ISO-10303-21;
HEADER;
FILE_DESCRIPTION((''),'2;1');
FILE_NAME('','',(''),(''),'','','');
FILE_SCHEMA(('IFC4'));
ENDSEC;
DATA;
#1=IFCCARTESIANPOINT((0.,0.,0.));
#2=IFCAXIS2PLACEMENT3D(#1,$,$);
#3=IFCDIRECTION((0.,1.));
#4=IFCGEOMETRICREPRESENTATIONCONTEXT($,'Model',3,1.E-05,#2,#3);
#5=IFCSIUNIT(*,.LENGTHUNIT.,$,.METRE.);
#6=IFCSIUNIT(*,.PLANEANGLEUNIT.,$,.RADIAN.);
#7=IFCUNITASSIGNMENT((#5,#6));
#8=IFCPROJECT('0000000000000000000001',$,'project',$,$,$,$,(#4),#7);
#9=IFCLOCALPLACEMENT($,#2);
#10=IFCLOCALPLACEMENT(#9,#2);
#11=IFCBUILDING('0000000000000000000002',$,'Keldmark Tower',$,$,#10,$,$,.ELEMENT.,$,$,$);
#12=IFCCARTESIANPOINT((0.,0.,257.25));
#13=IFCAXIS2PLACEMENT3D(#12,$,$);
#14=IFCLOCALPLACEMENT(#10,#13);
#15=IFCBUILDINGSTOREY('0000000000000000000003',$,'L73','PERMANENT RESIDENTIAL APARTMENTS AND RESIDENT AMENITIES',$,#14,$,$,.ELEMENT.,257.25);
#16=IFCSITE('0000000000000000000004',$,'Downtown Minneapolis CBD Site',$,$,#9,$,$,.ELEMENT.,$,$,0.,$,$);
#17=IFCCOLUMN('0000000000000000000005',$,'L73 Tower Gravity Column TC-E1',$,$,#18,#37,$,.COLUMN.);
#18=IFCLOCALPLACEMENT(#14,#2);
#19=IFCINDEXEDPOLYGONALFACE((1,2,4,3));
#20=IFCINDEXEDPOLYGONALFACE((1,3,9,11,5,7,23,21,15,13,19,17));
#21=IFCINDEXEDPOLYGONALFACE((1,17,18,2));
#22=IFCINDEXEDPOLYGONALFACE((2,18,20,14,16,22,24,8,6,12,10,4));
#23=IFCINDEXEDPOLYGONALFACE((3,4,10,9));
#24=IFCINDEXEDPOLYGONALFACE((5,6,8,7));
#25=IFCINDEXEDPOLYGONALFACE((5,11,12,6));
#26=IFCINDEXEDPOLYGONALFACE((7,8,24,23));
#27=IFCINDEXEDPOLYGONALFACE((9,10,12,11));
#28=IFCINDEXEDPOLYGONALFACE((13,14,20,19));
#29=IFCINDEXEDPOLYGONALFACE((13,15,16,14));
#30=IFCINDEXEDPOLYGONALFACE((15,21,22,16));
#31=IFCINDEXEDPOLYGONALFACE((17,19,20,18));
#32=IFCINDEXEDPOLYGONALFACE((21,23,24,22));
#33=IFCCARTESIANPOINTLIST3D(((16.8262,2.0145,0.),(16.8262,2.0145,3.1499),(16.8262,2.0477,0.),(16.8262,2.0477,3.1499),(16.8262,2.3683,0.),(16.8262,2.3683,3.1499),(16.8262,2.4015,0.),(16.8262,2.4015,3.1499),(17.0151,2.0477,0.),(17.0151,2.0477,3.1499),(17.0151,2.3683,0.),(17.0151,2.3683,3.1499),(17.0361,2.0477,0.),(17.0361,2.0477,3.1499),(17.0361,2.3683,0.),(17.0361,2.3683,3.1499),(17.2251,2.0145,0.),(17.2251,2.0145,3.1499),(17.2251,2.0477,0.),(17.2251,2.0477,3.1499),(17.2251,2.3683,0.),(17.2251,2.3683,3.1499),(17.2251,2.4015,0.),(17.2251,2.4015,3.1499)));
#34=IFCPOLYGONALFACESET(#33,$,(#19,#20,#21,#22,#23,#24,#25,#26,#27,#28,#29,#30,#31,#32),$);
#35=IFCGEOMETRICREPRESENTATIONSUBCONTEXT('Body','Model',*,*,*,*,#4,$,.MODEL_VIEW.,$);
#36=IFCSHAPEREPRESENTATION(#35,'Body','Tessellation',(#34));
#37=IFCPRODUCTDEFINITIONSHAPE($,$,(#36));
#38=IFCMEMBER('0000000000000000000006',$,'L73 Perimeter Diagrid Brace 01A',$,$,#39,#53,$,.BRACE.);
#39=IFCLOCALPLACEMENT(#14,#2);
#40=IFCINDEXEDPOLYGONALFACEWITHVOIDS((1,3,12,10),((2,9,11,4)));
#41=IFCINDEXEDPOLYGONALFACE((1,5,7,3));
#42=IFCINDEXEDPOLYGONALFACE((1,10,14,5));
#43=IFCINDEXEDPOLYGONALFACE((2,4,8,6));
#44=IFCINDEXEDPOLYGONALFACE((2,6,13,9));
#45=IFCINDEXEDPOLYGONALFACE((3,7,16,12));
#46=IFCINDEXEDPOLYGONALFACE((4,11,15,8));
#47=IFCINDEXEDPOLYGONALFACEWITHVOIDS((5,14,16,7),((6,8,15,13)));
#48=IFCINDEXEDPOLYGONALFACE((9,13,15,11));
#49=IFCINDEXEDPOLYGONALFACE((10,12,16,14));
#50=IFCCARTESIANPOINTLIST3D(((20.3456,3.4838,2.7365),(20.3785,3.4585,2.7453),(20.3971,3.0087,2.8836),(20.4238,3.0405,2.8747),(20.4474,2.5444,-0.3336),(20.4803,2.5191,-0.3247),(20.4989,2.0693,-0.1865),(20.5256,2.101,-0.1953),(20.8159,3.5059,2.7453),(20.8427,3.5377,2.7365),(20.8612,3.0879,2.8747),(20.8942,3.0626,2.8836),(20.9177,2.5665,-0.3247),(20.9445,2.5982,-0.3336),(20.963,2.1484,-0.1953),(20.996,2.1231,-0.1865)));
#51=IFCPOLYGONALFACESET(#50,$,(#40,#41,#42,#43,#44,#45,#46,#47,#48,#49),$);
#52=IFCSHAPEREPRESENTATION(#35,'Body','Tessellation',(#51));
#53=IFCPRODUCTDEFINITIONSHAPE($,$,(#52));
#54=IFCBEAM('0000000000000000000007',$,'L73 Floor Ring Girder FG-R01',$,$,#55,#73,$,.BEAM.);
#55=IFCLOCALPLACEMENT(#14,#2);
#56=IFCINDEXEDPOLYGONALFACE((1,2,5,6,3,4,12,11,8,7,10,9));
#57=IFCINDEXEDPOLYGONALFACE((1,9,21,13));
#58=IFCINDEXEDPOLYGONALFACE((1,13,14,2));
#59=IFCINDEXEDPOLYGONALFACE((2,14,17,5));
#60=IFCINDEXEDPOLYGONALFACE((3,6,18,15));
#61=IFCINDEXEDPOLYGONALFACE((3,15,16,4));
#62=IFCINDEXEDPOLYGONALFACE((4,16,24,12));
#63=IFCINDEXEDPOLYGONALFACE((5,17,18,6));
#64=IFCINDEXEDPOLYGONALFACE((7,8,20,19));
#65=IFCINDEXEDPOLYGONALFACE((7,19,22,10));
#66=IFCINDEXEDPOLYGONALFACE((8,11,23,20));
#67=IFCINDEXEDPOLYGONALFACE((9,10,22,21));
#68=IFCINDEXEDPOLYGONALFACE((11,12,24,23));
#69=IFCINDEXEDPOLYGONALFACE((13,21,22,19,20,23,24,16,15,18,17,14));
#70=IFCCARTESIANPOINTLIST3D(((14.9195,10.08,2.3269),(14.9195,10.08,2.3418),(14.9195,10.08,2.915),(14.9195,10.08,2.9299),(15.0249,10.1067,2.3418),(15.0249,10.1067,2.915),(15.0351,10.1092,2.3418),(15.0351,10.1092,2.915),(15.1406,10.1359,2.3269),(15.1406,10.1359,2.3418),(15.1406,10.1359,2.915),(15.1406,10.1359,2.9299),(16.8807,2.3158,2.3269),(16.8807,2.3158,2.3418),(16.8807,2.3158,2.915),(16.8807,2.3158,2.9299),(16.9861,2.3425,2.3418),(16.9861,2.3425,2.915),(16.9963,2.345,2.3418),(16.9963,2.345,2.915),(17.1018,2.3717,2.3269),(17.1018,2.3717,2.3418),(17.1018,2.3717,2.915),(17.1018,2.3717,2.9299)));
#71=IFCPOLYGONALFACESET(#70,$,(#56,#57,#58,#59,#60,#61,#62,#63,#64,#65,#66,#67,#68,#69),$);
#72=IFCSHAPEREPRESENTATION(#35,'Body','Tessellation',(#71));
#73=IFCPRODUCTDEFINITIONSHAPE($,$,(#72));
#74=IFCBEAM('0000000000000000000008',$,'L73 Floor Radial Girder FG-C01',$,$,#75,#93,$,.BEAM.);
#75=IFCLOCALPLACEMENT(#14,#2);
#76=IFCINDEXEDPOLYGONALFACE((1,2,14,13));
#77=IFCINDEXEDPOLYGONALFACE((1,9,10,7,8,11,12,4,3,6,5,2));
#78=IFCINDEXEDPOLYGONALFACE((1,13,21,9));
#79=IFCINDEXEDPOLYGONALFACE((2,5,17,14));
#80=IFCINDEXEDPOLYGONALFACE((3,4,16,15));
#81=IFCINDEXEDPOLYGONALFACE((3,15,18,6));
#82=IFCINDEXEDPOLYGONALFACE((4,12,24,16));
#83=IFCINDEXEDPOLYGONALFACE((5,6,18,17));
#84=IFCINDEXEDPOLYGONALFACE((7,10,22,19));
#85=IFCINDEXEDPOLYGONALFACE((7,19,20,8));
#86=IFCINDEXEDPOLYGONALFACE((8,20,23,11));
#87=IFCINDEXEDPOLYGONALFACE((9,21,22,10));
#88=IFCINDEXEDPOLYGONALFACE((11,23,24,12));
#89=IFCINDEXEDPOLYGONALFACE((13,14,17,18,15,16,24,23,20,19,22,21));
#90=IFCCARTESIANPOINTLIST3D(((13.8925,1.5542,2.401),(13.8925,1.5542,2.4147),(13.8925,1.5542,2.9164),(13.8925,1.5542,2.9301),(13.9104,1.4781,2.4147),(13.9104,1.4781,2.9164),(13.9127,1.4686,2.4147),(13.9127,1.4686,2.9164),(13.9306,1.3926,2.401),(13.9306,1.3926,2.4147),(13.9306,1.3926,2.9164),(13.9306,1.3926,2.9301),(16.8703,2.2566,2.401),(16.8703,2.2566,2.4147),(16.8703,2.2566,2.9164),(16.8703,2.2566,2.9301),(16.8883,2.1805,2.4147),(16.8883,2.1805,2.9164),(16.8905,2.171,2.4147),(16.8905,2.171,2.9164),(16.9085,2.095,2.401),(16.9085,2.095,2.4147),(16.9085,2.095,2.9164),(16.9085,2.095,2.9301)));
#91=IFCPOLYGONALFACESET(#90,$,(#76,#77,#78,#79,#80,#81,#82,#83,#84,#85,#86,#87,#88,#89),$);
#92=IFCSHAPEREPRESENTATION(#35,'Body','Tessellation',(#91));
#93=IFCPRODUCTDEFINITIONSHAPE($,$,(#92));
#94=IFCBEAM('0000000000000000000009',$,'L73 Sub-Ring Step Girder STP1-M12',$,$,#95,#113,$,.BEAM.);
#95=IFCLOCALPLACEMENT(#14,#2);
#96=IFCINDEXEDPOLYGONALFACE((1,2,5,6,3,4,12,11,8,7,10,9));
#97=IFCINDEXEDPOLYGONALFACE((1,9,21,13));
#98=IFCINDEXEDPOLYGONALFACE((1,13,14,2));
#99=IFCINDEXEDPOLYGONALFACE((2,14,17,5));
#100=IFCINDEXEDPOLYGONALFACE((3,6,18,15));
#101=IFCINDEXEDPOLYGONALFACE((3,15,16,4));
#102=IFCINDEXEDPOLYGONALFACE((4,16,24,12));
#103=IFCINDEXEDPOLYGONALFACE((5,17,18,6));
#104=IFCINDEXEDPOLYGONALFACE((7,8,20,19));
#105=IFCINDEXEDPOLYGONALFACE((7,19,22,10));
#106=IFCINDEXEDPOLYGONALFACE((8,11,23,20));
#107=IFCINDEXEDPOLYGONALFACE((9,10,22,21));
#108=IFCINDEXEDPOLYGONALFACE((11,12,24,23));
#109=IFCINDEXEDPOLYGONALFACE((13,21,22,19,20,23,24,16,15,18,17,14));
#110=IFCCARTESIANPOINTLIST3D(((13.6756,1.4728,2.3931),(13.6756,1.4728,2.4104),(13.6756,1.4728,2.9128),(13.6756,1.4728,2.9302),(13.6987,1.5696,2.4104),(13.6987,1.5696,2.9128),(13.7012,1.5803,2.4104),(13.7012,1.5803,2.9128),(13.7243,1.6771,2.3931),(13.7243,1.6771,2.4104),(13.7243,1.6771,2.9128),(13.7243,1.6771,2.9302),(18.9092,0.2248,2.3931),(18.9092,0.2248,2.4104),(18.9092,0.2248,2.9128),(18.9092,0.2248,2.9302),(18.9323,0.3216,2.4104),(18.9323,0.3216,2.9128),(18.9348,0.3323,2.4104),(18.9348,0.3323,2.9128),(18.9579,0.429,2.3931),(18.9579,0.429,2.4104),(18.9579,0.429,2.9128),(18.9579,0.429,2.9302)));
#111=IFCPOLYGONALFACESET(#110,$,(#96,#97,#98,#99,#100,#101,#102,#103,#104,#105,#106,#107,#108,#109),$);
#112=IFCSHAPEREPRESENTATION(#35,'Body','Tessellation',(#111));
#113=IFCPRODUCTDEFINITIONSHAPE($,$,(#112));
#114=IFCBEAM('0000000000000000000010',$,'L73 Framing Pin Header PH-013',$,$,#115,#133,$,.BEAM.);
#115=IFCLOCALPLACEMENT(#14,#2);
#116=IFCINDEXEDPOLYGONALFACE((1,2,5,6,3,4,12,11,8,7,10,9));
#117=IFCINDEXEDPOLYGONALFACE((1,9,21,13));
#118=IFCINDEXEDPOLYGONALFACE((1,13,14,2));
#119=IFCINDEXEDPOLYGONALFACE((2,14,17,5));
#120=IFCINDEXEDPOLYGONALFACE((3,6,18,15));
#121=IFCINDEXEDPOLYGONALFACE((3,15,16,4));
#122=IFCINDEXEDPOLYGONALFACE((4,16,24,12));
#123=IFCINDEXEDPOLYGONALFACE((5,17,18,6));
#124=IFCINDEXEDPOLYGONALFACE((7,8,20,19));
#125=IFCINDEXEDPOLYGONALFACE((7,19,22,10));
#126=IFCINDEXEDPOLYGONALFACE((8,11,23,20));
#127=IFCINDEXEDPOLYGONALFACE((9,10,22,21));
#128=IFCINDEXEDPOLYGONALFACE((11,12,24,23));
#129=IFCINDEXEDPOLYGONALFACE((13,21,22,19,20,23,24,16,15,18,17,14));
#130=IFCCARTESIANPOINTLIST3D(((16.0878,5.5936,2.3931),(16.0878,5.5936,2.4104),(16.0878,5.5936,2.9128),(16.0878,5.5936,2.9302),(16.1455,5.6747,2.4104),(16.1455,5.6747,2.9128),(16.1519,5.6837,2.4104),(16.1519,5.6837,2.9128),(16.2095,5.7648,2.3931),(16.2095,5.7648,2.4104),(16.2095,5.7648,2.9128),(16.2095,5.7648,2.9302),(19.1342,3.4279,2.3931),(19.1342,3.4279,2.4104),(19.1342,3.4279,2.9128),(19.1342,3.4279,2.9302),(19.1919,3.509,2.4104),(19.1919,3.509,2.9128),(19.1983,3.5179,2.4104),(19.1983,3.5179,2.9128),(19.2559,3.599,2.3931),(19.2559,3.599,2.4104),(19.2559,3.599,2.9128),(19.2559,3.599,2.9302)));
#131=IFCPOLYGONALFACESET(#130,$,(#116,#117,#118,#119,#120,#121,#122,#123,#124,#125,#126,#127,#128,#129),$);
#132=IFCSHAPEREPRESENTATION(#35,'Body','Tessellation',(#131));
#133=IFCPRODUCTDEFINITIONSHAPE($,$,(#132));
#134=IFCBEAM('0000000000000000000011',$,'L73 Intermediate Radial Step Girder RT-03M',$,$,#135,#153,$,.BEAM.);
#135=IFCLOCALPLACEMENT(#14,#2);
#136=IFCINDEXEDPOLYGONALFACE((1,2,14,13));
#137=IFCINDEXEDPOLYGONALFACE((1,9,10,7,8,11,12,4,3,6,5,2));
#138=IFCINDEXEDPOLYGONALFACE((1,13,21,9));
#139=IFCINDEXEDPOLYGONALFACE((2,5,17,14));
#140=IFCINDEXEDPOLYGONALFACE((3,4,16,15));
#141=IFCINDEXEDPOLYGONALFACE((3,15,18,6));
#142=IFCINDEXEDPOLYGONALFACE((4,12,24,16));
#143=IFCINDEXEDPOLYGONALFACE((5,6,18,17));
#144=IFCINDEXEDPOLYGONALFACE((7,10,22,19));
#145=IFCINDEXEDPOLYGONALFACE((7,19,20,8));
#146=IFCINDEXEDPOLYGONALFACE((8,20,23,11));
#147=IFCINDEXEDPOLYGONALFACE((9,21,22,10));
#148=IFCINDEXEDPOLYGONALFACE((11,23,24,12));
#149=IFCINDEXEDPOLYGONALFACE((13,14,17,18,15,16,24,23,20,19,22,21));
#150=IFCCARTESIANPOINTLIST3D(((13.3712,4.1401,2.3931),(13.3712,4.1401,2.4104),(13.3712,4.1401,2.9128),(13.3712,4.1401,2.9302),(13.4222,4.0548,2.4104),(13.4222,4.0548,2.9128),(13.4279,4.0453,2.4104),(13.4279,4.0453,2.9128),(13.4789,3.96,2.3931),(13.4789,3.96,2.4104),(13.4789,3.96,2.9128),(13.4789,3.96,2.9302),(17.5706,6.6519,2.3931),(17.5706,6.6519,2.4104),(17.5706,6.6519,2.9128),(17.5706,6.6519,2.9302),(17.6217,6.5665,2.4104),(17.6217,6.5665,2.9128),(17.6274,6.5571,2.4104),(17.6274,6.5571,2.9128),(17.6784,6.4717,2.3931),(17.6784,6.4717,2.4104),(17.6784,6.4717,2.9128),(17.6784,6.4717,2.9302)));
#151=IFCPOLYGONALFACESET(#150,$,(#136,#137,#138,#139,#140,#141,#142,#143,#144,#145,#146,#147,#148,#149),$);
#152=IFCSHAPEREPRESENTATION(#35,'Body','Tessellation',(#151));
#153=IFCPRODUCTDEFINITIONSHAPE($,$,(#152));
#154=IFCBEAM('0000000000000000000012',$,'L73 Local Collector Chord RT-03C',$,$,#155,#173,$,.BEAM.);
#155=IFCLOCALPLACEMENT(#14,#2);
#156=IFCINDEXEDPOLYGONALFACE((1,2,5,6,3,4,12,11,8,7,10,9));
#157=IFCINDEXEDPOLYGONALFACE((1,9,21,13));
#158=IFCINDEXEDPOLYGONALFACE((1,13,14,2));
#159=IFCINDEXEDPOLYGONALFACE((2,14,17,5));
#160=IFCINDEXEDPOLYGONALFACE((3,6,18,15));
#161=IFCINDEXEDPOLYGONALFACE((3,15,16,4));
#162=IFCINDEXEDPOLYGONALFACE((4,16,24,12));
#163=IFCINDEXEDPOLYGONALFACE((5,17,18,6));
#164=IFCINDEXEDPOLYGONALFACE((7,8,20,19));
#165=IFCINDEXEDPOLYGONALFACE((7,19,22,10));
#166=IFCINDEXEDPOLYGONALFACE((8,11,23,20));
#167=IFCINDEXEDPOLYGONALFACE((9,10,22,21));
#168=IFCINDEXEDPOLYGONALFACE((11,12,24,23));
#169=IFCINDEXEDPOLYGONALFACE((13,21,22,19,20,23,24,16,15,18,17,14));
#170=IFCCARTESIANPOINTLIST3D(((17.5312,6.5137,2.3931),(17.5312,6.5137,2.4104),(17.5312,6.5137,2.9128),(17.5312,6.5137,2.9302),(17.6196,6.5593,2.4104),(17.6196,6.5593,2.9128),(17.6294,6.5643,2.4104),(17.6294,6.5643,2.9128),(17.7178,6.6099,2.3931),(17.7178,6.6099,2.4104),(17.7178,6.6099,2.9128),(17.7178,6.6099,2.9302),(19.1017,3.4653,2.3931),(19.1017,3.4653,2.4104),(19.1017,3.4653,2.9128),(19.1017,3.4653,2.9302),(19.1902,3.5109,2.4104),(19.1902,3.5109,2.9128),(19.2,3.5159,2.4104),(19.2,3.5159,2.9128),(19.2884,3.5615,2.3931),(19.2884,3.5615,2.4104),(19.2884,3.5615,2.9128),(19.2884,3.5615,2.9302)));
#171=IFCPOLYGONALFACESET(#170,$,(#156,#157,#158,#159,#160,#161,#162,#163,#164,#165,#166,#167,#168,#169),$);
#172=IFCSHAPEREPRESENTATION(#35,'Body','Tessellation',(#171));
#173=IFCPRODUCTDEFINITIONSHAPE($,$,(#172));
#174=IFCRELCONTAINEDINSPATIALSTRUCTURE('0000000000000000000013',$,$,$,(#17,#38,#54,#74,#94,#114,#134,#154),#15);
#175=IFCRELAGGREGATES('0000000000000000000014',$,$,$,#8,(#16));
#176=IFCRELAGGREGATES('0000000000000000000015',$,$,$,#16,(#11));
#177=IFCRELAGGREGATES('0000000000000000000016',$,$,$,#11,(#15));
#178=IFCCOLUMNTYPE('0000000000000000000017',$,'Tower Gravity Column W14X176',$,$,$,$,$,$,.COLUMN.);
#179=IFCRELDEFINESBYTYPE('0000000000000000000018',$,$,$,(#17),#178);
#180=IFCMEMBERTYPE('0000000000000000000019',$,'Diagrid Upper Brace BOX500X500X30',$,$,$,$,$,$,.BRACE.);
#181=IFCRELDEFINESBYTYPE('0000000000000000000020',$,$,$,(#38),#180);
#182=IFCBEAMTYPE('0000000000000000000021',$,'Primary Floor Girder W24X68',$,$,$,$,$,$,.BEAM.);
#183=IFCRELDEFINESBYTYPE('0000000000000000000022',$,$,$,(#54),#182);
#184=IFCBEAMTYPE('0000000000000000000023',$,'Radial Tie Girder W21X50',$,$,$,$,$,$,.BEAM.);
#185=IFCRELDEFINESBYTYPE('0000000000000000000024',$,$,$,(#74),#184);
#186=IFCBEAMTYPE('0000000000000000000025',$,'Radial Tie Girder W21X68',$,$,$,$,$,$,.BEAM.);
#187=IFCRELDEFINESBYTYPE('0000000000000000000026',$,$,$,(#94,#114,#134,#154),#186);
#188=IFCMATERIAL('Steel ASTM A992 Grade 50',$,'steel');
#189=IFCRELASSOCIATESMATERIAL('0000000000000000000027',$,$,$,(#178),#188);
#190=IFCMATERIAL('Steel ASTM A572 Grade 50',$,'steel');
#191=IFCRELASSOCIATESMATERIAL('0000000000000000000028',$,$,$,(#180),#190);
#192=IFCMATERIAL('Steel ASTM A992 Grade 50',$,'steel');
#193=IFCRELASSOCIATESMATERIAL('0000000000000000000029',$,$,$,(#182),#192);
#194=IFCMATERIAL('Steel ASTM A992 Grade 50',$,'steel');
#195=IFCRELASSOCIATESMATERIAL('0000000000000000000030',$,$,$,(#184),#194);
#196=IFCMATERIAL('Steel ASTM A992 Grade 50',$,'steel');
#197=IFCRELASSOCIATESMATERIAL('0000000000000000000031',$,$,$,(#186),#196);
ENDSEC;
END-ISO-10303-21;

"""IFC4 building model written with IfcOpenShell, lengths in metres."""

from ifc_helpers import new_model, si_unit, direction, frame, origin, origin_2d, place, context, subcontext, project, spatial, hollow_rectangle, i_section, extrude, material, material_profile, profile_set, type_object, element, save


model = new_model("IFC4")

# Units and contexts
model_context = context("Model", 3, precision=1e-05, world=origin(), true_north=direction((0.0, 1.0)))
body_context = subcontext(model_context, "Body", "Model", "MODEL_VIEW")
ifc_project = project(units=[si_unit("LENGTHUNIT", "METRE"), si_unit("PLANEANGLEUNIT", "RADIAN")], contexts=[model_context])

# Site, building, storey
site_placement = place(None, origin())
site = spatial("IfcSite", under=ifc_project, at=site_placement, Name="Downtown Minneapolis CBD Site", CompositionType="ELEMENT", RefElevation=0.0)
building_placement = place(site_placement, origin())
building = spatial("IfcBuilding", under=site, at=building_placement, Name="Keldmark Tower", CompositionType="ELEMENT")
storey_placement = place(building_placement, frame((0.0, 0.0, 257.25)))
storey = spatial("IfcBuildingStorey", under=building, at=storey_placement, Name="L73", Description="PERMANENT RESIDENTIAL APARTMENTS AND RESIDENT AMENITIES", CompositionType="ELEMENT", Elevation=257.25)

# Column
ifc_material_1 = material(Name="Steel ASTM A992 Grade 50", Category="steel")
ifc_material_profile_1 = material_profile(ifc_material_1, i_section(OverallWidth=0.3989, OverallDepth=0.387, WebThickness=0.021, FlangeThickness=0.0332, at=origin_2d()), Name="W14X176")
ifc_profile_set_1 = profile_set([ifc_material_profile_1], Name="Steel ASTM A992 Grade 50")
column_type = type_object("IfcColumnType", Name="Tower Gravity Column W14X176", PredefinedType="COLUMN", material=ifc_profile_set_1)
column_placement = place(storey_placement, frame((17.0256, 2.208, 0.0), z_axis=(0.0, 0.0, 1.0), x_axis=(1.0, 0.0, 0.0)))
element("IfcColumn", 1, at=column_placement, inside=storey, type_object=column_type, Name="L73 Tower Gravity Column TC-E1", PredefinedType="COLUMN", context=body_context, shape_type="SweptSolid", body=[
    extrude(i_section(OverallWidth=0.3989, OverallDepth=0.387, WebThickness=0.021, FlangeThickness=0.0332, at=origin_2d()), origin(), (0.0, 0.0, 1.0), 3.1499),
])

# Member
ifc_material_2 = material(Name="Steel ASTM A572 Grade 50", Category="steel")
ifc_material_profile_2 = material_profile(ifc_material_2, hollow_rectangle(XDim=0.5, YDim=0.5, WallThickness=0.03, at=origin_2d()), Name="BOX500X500X30")
ifc_profile_set_2 = profile_set([ifc_material_profile_2], Name="Steel ASTM A572 Grade 50")
member_type = type_object("IfcMemberType", Name="Diagrid Upper Brace BOX500X500X30", PredefinedType="BRACE", material=ifc_profile_set_2)
member_placement = place(storey_placement, frame((20.7217, 2.3337, -0.26), z_axis=(-0.031694, 0.292464, 0.955751), x_axis=(-0.994179, -0.107737, 0.0)))
element("IfcMember", 2, at=member_placement, inside=storey, type_object=member_type, Name="L73 Perimeter Diagrid Brace 01A", PredefinedType="BRACE", context=body_context, shape_type="SweptSolid", body=[
    extrude(hollow_rectangle(XDim=0.5, YDim=0.5, WallThickness=0.03, at=origin_2d()), origin(), (0.0, 0.0, 1.0), 3.2122),
])

# Beams
ifc_material_3 = material(Name="Steel ASTM A992 Grade 50", Category="steel")
ifc_material_profile_3 = material_profile(ifc_material_3, i_section(OverallWidth=0.228, OverallDepth=0.603, WebThickness=0.0105, FlangeThickness=0.0149, at=origin_2d()), Name="W24X68")
ifc_profile_set_3 = profile_set([ifc_material_profile_3], Name="Steel ASTM A992 Grade 50")
beam_type_1 = type_object("IfcBeamType", Name="Primary Floor Girder W24X68", PredefinedType="BEAM", material=ifc_profile_set_3)
beam_1_placement = place(storey_placement, frame((16.9912, 2.3438, 2.6284), z_axis=(-0.244902, 0.969548, 0.0), x_axis=(-0.969548, -0.244902, 0.0)))
element("IfcBeam", 3, at=beam_1_placement, inside=storey, type_object=beam_type_1, Name="L73 Floor Ring Girder FG-R01", PredefinedType="BEAM", context=body_context, shape_type="SweptSolid", body=[
    extrude(i_section(OverallWidth=0.228, OverallDepth=0.603, WebThickness=0.0105, FlangeThickness=0.0149, at=origin_2d()), origin(), (0.0, 0.0, 1.0), 8.0081),
])
ifc_material_4 = material(Name="Steel ASTM A992 Grade 50", Category="steel")
ifc_material_profile_4 = material_profile(ifc_material_4, i_section(OverallWidth=0.166, OverallDepth=0.5291, WebThickness=0.0098, FlangeThickness=0.0137, at=origin_2d()), Name="W21X50")
ifc_profile_set_4 = profile_set([ifc_material_profile_4], Name="Steel ASTM A992 Grade 50")
beam_type_2 = type_object("IfcBeamType", Name="Radial Tie Girder W21X50", PredefinedType="BEAM", material=ifc_profile_set_4)
beam_2_placement = place(storey_placement, frame((16.8894, 2.1758, 2.6655), z_axis=(-0.97329, -0.229577, 0.0), x_axis=(0.229577, -0.97329, 0.0)))
element("IfcBeam", 4, at=beam_2_placement, inside=storey, type_object=beam_type_2, Name="L73 Floor Radial Girder FG-C01", PredefinedType="BEAM", context=body_context, shape_type="SweptSolid", body=[
    extrude(i_section(OverallWidth=0.166, OverallDepth=0.5291, WebThickness=0.0098, FlangeThickness=0.0137, at=origin_2d()), origin(), (0.0, 0.0, 1.0), 3.0596),
])
ifc_material_5 = material(Name="Steel ASTM A992 Grade 50", Category="steel")
ifc_material_profile_5 = material_profile(ifc_material_5, i_section(OverallWidth=0.21, OverallDepth=0.5371, WebThickness=0.011, FlangeThickness=0.0173, at=origin_2d()), Name="W21X68")
ifc_profile_set_5 = profile_set([ifc_material_profile_5], Name="Steel ASTM A992 Grade 50")
beam_type_3 = type_object("IfcBeamType", Name="Radial Tie Girder W21X68", PredefinedType="BEAM", material=ifc_profile_set_5)
beam_3_placement = place(storey_placement, frame((13.7, 1.575, 2.6616), z_axis=(0.972725, -0.231962, 0.0), x_axis=(0.231962, 0.972725, 0.0)))
element("IfcBeam", 5, at=beam_3_placement, inside=storey, type_object=beam_type_3, Name="L73 Sub-Ring Step Girder STP1-M12", PredefinedType="BEAM", context=body_context, shape_type="SweptSolid", body=[
    extrude(i_section(OverallWidth=0.21, OverallDepth=0.5371, WebThickness=0.011, FlangeThickness=0.0173, at=origin_2d()), origin(), (0.0, 0.0, 1.0), 5.3804),
])
beam_4_placement = place(storey_placement, frame((19.1951, 3.5134, 2.6616), z_axis=(-0.815025, 0.579426, 0.0), x_axis=(-0.579426, -0.815025, 0.0)))
element("IfcBeam", 6, at=beam_4_placement, inside=storey, type_object=beam_type_3, Name="L73 Framing Pin Header PH-013", PredefinedType="BEAM", context=body_context, shape_type="SweptSolid", body=[
    extrude(i_section(OverallWidth=0.21, OverallDepth=0.5371, WebThickness=0.011, FlangeThickness=0.0173, at=origin_2d()), origin(), (0.0, 0.0, 1.0), 3.7378),
])
beam_5_placement = place(storey_placement, frame((13.425, 4.05, 2.6616), z_axis=(0.85821, 0.513299, 0.0), x_axis=(-0.513299, 0.85821, 0.0)))
element("IfcBeam", 7, at=beam_5_placement, inside=storey, type_object=beam_type_3, Name="L73 Intermediate Radial Step Girder RT-03M", PredefinedType="BEAM", context=body_context, shape_type="SweptSolid", body=[
    extrude(i_section(OverallWidth=0.21, OverallDepth=0.5371, WebThickness=0.011, FlangeThickness=0.0173, at=origin_2d()), origin(), (0.0, 0.0, 1.0), 4.8933),
])
beam_6_placement = place(storey_placement, frame((19.1951, 3.5134, 2.6616), z_axis=(-0.458003, 0.888951, 0.0), x_axis=(-0.888951, -0.458003, 0.0)))
element("IfcBeam", 8, at=beam_6_placement, inside=storey, type_object=beam_type_3, Name="L73 Local Collector Chord RT-03C", PredefinedType="BEAM", context=body_context, shape_type="SweptSolid", body=[
    extrude(i_section(OverallWidth=0.21, OverallDepth=0.5371, WebThickness=0.011, FlangeThickness=0.0173, at=origin_2d()), origin(), (0.0, 0.0, 1.0), 3.4292),
])

save(model, "model.ifc")
